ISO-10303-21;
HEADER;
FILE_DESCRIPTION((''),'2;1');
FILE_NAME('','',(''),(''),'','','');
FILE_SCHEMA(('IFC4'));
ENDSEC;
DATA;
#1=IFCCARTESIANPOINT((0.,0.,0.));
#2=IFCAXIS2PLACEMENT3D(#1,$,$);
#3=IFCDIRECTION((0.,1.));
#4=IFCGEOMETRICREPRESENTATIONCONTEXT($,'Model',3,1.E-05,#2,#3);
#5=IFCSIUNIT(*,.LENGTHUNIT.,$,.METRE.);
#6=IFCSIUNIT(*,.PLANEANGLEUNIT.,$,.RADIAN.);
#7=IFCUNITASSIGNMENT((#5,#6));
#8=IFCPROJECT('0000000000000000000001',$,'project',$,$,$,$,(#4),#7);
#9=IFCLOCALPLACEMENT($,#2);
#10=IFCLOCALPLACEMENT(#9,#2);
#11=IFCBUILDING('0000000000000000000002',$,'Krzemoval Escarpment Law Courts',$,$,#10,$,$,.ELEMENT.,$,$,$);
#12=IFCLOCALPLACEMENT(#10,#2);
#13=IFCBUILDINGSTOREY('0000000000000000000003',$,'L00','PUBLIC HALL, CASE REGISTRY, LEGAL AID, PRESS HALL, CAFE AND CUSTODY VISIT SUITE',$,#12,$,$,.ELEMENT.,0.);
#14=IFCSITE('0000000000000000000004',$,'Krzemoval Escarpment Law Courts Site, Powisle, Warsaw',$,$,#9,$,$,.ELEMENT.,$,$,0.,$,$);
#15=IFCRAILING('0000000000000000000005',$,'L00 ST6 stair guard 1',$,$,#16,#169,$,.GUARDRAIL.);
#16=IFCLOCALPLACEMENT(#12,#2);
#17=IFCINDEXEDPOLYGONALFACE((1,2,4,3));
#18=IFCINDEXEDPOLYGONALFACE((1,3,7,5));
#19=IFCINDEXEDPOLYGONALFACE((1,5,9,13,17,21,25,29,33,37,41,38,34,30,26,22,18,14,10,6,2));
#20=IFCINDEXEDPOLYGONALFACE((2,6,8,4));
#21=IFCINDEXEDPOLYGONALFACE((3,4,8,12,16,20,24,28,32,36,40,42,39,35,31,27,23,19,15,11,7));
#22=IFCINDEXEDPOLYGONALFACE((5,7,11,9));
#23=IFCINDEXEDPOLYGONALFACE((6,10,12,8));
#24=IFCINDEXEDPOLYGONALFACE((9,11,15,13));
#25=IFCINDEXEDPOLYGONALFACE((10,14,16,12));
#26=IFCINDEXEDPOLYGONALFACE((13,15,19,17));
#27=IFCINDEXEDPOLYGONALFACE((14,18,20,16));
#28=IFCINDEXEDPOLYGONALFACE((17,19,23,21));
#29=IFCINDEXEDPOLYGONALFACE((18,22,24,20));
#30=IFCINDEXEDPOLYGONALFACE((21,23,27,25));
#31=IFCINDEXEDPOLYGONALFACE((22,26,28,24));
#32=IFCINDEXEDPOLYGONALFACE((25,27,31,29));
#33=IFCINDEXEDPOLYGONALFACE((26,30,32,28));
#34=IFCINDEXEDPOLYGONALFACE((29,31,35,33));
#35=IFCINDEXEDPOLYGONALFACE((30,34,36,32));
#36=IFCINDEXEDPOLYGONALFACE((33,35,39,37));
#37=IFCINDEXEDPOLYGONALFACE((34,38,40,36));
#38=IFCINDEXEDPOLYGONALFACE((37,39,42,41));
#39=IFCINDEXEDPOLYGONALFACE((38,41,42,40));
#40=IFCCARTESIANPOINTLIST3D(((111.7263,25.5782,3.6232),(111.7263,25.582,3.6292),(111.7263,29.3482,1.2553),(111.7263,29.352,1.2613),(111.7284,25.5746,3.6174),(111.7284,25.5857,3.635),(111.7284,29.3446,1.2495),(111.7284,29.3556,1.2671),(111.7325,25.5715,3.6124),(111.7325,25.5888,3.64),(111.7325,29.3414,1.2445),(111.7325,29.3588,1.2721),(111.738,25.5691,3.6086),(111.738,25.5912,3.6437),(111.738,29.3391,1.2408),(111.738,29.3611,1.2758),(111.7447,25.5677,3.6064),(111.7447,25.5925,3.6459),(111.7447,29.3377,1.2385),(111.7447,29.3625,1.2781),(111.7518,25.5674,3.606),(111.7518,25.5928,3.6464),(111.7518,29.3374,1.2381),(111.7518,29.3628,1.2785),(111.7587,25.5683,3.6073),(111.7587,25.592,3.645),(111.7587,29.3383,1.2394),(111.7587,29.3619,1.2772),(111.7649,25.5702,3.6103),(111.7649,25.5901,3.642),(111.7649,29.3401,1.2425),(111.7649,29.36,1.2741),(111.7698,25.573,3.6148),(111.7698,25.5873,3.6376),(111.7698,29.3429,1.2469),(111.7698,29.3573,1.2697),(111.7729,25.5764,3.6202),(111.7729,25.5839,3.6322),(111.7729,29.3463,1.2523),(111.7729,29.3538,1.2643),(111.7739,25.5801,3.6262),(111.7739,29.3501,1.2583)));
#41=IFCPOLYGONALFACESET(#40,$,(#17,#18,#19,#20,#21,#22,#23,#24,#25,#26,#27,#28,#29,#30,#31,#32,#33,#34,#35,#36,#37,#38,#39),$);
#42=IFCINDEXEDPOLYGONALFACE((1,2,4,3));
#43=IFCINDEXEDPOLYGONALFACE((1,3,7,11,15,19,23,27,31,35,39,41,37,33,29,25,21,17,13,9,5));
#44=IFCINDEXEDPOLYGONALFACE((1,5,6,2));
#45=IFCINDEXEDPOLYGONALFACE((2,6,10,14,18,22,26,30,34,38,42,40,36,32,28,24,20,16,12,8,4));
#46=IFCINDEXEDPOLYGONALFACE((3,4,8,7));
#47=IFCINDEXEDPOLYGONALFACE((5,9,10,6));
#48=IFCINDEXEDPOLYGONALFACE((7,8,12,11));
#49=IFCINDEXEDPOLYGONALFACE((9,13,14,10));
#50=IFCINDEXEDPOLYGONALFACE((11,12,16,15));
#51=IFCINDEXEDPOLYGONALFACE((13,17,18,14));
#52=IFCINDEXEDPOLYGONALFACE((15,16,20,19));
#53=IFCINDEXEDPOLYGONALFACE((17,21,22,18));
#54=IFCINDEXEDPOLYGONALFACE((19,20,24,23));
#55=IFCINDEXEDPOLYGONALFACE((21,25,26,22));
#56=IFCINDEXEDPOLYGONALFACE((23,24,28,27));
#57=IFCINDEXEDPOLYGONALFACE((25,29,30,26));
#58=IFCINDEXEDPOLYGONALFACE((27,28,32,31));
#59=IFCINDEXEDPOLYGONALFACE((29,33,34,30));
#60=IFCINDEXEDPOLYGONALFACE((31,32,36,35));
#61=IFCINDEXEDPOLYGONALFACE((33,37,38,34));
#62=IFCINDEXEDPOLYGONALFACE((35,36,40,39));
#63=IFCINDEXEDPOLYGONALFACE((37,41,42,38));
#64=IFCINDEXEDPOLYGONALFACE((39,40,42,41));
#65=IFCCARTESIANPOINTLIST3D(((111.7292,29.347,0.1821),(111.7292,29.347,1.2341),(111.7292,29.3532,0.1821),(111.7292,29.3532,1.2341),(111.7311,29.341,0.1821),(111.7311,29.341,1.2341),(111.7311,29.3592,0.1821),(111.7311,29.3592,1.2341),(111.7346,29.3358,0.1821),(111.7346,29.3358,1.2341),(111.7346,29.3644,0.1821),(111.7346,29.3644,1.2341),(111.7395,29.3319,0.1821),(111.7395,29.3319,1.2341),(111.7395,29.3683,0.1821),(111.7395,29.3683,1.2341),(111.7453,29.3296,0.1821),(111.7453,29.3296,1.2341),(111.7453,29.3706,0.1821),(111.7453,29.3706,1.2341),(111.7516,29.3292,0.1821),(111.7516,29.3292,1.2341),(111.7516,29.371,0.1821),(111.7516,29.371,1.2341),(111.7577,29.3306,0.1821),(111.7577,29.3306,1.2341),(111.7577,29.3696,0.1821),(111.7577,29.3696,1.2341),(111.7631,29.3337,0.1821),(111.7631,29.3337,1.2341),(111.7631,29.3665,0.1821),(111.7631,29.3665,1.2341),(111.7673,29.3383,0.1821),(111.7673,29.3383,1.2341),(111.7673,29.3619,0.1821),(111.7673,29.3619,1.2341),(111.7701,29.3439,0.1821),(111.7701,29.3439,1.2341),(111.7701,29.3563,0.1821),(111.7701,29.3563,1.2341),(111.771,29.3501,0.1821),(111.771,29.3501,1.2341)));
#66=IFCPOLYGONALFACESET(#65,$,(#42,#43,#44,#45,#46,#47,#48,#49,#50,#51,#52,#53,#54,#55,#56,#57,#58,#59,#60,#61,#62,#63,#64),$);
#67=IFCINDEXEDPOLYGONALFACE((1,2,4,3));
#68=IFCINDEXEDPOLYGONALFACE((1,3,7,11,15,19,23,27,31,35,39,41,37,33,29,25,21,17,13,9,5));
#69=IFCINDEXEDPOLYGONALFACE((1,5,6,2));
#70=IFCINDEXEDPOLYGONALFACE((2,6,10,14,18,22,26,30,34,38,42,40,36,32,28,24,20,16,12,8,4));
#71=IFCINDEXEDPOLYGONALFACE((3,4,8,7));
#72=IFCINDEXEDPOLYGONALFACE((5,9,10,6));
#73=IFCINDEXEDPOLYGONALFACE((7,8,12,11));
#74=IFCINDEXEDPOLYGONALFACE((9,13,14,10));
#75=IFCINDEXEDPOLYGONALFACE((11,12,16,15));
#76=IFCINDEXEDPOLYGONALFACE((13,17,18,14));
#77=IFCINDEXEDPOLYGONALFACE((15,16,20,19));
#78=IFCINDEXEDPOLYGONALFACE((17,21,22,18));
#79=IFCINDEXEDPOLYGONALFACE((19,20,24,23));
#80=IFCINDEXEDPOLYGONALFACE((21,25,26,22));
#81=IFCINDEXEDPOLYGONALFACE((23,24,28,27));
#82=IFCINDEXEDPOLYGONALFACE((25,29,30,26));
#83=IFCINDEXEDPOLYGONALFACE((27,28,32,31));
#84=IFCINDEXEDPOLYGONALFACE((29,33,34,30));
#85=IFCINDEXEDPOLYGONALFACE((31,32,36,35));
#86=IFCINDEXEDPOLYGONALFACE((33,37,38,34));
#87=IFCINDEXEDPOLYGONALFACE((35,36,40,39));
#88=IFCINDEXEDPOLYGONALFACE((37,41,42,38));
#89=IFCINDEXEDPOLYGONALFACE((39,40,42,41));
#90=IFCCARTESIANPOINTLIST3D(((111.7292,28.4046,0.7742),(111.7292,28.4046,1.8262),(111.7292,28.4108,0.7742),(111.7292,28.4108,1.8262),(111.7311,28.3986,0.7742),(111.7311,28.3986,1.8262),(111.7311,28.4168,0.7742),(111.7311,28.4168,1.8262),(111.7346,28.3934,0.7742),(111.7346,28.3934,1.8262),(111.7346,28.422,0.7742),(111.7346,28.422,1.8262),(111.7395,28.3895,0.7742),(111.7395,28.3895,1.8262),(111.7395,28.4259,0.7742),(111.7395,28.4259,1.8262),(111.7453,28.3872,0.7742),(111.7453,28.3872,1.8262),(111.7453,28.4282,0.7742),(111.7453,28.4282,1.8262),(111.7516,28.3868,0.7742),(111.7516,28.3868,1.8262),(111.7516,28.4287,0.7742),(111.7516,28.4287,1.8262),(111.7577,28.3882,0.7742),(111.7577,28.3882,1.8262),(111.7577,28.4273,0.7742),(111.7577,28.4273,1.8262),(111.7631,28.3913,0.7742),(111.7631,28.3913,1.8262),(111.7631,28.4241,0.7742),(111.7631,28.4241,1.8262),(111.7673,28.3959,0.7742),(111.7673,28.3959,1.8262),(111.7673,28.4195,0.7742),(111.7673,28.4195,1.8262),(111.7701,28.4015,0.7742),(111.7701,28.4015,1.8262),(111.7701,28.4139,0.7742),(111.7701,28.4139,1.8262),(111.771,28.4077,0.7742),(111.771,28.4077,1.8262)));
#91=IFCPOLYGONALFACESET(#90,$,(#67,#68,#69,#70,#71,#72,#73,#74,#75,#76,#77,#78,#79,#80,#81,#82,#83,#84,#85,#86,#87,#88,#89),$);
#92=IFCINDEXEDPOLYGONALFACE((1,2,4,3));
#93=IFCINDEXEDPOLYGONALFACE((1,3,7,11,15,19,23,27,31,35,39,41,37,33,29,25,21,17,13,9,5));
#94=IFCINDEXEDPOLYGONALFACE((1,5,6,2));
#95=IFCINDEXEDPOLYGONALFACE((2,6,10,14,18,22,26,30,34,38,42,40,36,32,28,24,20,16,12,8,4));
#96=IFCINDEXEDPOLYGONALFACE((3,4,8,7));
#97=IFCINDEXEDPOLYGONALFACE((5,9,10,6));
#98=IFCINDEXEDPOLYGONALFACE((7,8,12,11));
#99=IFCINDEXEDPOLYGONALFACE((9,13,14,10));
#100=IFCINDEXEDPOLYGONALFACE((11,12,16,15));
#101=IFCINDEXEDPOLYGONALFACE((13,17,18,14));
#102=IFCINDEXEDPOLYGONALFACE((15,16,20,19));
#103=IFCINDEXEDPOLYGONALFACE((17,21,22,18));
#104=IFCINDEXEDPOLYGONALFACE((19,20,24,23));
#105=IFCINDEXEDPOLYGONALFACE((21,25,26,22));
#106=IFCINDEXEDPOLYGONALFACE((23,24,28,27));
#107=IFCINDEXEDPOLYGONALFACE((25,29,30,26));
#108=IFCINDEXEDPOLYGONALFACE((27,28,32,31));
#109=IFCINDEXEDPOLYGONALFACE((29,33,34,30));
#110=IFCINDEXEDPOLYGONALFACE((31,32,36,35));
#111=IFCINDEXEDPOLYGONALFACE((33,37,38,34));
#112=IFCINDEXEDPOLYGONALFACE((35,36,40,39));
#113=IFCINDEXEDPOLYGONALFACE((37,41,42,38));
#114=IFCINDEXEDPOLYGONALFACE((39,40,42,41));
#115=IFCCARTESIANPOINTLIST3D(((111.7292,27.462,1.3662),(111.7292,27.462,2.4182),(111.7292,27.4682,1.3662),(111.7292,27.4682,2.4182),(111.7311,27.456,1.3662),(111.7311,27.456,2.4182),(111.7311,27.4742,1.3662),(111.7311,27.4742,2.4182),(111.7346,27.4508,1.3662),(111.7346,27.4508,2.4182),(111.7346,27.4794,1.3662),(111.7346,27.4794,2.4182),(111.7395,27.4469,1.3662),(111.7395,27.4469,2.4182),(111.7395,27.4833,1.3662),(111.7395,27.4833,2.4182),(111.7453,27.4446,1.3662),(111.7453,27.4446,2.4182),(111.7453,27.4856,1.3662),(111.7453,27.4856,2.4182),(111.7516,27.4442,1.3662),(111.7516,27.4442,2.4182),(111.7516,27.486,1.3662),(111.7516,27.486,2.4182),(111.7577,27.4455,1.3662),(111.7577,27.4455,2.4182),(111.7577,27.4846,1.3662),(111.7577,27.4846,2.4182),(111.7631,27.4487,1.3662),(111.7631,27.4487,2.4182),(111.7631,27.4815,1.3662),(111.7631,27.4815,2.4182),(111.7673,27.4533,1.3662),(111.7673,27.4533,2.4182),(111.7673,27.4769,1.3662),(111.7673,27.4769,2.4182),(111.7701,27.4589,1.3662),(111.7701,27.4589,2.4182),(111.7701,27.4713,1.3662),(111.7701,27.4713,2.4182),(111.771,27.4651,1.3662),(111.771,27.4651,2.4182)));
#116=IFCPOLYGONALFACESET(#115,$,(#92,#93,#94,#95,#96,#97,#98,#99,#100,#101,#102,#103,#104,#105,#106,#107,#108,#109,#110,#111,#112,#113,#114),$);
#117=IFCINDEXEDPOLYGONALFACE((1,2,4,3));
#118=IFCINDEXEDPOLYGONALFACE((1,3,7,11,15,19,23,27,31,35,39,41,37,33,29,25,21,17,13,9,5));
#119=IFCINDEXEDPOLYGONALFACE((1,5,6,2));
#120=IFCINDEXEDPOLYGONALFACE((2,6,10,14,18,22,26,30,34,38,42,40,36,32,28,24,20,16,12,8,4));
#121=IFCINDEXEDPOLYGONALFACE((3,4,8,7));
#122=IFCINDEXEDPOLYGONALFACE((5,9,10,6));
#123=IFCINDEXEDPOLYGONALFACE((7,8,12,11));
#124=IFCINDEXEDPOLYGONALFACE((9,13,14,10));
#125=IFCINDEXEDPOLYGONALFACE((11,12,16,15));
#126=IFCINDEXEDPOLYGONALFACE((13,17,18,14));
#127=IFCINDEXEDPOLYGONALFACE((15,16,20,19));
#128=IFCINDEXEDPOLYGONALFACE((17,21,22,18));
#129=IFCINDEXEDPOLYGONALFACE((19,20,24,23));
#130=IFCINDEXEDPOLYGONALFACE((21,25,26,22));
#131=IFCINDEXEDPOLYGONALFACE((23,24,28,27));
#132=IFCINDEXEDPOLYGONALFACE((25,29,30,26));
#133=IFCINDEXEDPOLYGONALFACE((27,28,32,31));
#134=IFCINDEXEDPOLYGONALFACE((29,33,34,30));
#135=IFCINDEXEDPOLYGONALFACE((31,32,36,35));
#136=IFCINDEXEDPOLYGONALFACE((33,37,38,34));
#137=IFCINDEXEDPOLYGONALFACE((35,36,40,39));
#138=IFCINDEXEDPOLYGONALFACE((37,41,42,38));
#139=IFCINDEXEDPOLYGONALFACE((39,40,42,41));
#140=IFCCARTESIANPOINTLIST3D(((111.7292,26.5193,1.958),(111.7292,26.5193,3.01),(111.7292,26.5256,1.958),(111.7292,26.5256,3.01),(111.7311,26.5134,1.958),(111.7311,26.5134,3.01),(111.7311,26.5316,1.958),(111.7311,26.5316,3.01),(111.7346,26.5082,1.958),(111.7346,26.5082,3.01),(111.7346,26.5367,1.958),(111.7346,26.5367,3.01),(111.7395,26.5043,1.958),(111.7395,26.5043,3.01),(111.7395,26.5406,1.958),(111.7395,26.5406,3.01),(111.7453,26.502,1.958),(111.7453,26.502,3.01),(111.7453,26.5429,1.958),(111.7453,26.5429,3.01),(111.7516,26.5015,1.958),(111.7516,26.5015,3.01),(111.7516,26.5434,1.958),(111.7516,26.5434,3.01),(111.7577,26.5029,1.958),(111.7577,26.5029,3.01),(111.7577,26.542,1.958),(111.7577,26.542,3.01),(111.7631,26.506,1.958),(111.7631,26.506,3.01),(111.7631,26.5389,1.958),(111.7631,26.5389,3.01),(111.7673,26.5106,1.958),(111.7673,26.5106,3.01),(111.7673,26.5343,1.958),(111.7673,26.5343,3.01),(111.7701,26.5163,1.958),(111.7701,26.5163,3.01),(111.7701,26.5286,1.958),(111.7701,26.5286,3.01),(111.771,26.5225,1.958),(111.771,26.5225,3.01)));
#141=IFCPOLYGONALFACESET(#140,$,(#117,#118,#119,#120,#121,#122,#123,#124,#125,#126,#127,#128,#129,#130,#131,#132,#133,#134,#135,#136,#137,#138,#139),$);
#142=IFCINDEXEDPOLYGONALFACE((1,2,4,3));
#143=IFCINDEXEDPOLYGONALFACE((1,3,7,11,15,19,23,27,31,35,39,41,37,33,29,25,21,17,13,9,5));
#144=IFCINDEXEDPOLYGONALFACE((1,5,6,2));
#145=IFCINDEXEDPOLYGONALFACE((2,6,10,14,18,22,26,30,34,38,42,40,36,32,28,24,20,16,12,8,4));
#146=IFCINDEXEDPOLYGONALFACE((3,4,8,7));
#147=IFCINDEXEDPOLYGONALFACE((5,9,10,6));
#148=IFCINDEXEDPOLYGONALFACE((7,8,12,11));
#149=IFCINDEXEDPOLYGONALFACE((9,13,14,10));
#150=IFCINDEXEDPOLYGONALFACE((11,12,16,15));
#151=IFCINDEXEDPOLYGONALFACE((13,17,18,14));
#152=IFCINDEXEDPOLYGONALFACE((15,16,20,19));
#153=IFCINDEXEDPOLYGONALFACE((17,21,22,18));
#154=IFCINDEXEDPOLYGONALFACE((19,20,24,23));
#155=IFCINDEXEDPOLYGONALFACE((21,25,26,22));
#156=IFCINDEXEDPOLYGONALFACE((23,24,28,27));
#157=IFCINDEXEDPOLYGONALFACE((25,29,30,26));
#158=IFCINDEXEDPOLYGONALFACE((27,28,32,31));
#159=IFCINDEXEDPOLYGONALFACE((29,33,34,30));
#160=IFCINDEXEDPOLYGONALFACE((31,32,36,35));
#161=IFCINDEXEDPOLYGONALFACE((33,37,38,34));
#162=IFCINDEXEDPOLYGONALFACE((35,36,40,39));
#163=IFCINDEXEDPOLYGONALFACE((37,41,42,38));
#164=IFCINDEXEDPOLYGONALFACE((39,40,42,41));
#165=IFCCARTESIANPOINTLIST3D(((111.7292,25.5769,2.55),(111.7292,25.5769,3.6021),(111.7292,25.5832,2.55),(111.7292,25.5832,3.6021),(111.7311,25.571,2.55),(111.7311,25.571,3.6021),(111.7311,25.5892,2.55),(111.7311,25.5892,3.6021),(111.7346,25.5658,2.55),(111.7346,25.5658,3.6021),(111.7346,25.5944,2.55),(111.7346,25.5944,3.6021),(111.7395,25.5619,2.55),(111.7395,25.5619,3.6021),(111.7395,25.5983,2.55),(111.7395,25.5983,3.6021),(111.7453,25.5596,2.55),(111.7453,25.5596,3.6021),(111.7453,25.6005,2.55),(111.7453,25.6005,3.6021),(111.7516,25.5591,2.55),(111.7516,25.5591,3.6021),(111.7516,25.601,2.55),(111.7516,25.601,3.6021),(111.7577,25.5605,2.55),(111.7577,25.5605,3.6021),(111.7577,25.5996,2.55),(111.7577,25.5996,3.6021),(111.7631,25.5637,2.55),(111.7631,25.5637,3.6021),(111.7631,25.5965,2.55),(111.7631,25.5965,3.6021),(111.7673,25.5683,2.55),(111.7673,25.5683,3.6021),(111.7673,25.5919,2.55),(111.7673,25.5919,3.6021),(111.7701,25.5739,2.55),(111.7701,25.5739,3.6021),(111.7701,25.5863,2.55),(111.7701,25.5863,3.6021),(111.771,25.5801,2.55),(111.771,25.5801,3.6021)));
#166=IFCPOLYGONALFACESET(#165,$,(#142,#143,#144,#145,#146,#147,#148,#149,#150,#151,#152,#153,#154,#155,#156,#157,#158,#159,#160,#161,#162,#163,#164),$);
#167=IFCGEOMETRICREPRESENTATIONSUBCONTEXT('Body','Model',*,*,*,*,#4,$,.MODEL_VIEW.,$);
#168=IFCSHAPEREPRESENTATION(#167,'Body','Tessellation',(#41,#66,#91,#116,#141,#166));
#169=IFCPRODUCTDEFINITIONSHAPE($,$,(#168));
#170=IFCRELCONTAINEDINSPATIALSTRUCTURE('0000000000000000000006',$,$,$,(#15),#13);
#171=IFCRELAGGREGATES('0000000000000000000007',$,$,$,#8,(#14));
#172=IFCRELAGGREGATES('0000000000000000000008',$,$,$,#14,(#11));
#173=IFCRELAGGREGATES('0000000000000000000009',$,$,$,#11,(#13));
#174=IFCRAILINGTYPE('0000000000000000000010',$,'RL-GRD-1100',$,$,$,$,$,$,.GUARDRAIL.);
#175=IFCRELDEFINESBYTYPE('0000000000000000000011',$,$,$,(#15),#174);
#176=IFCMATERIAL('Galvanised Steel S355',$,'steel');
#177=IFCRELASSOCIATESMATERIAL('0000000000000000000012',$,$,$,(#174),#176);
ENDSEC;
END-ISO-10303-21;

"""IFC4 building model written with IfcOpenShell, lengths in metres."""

from ifc_helpers import new_model, si_unit, direction, frame, origin, origin_2d, place, context, subcontext, project, spatial, circle, extrude, material, type_object, element, save


model = new_model("IFC4")

# Units and contexts
model_context = context("Model", 3, precision=1e-05, world=origin(), true_north=direction((0.0, 1.0)))
body_context = subcontext(model_context, "Body", "Model", "MODEL_VIEW")
ifc_project = project(units=[si_unit("LENGTHUNIT", "METRE"), si_unit("PLANEANGLEUNIT", "RADIAN")], contexts=[model_context])

# Site, building, storey
site_placement = place(None, origin())
site = spatial("IfcSite", under=ifc_project, at=site_placement, Name="Krzemoval Escarpment Law Courts Site, Powisle, Warsaw", CompositionType="ELEMENT", RefElevation=0.0)
building_placement = place(site_placement, origin())
building = spatial("IfcBuilding", under=site, at=building_placement, Name="Krzemoval Escarpment Law Courts", CompositionType="ELEMENT")
storey_placement = place(building_placement, origin())
storey = spatial("IfcBuildingStorey", under=building, at=storey_placement, Name="L00", Description="PUBLIC HALL, CASE REGISTRY, LEGAL AID, PRESS HALL, CAFE AND CUSTODY VISIT SUITE", CompositionType="ELEMENT", Elevation=0.0)

# Railing
ifc_material_1 = material(Name="Galvanised Steel S355", Category="steel")
railing_type_1 = type_object("IfcRailingType", Name="RL-GRD-1100", PredefinedType="GUARDRAIL", material=ifc_material_1)
railing_1_placement = place(storey_placement, frame((111.75, 29.3501, 0.1821)))
element("IfcRailing", 1, at=railing_1_placement, inside=storey, type_object=railing_type_1, Name="L00 ST6 stair guard 1", PredefinedType="GUARDRAIL", context=body_context, shape_type="SweptSolid", body=[
    extrude(circle(Radius=0.0239, at=origin_2d()), frame((0.0, 0.0, 1.0762), z_axis=(0.0, -0.846819, 0.531881), x_axis=(1.0, 0.0, 0.0)), (0.0, 0.0, 1.0), 4.4519),
    extrude(circle(Radius=0.021, at=origin_2d()), origin(), (0.0, 0.0, 1.0), 1.052),
    extrude(circle(Radius=0.021, at=origin_2d()), frame((0.0, -0.9424, 0.592)), (0.0, 0.0, 1.0), 1.052),
    extrude(circle(Radius=0.021, at=origin_2d()), frame((0.0, -1.885, 1.1841)), (0.0, 0.0, 1.0), 1.052),
    extrude(circle(Radius=0.021, at=origin_2d()), frame((0.0, -2.8276, 1.7759)), (0.0, 0.0, 1.0), 1.052),
    extrude(circle(Radius=0.021, at=origin_2d()), frame((0.0, -3.77, 2.3679)), (0.0, 0.0, 1.0), 1.052),
])

save(model, "model.ifc")
